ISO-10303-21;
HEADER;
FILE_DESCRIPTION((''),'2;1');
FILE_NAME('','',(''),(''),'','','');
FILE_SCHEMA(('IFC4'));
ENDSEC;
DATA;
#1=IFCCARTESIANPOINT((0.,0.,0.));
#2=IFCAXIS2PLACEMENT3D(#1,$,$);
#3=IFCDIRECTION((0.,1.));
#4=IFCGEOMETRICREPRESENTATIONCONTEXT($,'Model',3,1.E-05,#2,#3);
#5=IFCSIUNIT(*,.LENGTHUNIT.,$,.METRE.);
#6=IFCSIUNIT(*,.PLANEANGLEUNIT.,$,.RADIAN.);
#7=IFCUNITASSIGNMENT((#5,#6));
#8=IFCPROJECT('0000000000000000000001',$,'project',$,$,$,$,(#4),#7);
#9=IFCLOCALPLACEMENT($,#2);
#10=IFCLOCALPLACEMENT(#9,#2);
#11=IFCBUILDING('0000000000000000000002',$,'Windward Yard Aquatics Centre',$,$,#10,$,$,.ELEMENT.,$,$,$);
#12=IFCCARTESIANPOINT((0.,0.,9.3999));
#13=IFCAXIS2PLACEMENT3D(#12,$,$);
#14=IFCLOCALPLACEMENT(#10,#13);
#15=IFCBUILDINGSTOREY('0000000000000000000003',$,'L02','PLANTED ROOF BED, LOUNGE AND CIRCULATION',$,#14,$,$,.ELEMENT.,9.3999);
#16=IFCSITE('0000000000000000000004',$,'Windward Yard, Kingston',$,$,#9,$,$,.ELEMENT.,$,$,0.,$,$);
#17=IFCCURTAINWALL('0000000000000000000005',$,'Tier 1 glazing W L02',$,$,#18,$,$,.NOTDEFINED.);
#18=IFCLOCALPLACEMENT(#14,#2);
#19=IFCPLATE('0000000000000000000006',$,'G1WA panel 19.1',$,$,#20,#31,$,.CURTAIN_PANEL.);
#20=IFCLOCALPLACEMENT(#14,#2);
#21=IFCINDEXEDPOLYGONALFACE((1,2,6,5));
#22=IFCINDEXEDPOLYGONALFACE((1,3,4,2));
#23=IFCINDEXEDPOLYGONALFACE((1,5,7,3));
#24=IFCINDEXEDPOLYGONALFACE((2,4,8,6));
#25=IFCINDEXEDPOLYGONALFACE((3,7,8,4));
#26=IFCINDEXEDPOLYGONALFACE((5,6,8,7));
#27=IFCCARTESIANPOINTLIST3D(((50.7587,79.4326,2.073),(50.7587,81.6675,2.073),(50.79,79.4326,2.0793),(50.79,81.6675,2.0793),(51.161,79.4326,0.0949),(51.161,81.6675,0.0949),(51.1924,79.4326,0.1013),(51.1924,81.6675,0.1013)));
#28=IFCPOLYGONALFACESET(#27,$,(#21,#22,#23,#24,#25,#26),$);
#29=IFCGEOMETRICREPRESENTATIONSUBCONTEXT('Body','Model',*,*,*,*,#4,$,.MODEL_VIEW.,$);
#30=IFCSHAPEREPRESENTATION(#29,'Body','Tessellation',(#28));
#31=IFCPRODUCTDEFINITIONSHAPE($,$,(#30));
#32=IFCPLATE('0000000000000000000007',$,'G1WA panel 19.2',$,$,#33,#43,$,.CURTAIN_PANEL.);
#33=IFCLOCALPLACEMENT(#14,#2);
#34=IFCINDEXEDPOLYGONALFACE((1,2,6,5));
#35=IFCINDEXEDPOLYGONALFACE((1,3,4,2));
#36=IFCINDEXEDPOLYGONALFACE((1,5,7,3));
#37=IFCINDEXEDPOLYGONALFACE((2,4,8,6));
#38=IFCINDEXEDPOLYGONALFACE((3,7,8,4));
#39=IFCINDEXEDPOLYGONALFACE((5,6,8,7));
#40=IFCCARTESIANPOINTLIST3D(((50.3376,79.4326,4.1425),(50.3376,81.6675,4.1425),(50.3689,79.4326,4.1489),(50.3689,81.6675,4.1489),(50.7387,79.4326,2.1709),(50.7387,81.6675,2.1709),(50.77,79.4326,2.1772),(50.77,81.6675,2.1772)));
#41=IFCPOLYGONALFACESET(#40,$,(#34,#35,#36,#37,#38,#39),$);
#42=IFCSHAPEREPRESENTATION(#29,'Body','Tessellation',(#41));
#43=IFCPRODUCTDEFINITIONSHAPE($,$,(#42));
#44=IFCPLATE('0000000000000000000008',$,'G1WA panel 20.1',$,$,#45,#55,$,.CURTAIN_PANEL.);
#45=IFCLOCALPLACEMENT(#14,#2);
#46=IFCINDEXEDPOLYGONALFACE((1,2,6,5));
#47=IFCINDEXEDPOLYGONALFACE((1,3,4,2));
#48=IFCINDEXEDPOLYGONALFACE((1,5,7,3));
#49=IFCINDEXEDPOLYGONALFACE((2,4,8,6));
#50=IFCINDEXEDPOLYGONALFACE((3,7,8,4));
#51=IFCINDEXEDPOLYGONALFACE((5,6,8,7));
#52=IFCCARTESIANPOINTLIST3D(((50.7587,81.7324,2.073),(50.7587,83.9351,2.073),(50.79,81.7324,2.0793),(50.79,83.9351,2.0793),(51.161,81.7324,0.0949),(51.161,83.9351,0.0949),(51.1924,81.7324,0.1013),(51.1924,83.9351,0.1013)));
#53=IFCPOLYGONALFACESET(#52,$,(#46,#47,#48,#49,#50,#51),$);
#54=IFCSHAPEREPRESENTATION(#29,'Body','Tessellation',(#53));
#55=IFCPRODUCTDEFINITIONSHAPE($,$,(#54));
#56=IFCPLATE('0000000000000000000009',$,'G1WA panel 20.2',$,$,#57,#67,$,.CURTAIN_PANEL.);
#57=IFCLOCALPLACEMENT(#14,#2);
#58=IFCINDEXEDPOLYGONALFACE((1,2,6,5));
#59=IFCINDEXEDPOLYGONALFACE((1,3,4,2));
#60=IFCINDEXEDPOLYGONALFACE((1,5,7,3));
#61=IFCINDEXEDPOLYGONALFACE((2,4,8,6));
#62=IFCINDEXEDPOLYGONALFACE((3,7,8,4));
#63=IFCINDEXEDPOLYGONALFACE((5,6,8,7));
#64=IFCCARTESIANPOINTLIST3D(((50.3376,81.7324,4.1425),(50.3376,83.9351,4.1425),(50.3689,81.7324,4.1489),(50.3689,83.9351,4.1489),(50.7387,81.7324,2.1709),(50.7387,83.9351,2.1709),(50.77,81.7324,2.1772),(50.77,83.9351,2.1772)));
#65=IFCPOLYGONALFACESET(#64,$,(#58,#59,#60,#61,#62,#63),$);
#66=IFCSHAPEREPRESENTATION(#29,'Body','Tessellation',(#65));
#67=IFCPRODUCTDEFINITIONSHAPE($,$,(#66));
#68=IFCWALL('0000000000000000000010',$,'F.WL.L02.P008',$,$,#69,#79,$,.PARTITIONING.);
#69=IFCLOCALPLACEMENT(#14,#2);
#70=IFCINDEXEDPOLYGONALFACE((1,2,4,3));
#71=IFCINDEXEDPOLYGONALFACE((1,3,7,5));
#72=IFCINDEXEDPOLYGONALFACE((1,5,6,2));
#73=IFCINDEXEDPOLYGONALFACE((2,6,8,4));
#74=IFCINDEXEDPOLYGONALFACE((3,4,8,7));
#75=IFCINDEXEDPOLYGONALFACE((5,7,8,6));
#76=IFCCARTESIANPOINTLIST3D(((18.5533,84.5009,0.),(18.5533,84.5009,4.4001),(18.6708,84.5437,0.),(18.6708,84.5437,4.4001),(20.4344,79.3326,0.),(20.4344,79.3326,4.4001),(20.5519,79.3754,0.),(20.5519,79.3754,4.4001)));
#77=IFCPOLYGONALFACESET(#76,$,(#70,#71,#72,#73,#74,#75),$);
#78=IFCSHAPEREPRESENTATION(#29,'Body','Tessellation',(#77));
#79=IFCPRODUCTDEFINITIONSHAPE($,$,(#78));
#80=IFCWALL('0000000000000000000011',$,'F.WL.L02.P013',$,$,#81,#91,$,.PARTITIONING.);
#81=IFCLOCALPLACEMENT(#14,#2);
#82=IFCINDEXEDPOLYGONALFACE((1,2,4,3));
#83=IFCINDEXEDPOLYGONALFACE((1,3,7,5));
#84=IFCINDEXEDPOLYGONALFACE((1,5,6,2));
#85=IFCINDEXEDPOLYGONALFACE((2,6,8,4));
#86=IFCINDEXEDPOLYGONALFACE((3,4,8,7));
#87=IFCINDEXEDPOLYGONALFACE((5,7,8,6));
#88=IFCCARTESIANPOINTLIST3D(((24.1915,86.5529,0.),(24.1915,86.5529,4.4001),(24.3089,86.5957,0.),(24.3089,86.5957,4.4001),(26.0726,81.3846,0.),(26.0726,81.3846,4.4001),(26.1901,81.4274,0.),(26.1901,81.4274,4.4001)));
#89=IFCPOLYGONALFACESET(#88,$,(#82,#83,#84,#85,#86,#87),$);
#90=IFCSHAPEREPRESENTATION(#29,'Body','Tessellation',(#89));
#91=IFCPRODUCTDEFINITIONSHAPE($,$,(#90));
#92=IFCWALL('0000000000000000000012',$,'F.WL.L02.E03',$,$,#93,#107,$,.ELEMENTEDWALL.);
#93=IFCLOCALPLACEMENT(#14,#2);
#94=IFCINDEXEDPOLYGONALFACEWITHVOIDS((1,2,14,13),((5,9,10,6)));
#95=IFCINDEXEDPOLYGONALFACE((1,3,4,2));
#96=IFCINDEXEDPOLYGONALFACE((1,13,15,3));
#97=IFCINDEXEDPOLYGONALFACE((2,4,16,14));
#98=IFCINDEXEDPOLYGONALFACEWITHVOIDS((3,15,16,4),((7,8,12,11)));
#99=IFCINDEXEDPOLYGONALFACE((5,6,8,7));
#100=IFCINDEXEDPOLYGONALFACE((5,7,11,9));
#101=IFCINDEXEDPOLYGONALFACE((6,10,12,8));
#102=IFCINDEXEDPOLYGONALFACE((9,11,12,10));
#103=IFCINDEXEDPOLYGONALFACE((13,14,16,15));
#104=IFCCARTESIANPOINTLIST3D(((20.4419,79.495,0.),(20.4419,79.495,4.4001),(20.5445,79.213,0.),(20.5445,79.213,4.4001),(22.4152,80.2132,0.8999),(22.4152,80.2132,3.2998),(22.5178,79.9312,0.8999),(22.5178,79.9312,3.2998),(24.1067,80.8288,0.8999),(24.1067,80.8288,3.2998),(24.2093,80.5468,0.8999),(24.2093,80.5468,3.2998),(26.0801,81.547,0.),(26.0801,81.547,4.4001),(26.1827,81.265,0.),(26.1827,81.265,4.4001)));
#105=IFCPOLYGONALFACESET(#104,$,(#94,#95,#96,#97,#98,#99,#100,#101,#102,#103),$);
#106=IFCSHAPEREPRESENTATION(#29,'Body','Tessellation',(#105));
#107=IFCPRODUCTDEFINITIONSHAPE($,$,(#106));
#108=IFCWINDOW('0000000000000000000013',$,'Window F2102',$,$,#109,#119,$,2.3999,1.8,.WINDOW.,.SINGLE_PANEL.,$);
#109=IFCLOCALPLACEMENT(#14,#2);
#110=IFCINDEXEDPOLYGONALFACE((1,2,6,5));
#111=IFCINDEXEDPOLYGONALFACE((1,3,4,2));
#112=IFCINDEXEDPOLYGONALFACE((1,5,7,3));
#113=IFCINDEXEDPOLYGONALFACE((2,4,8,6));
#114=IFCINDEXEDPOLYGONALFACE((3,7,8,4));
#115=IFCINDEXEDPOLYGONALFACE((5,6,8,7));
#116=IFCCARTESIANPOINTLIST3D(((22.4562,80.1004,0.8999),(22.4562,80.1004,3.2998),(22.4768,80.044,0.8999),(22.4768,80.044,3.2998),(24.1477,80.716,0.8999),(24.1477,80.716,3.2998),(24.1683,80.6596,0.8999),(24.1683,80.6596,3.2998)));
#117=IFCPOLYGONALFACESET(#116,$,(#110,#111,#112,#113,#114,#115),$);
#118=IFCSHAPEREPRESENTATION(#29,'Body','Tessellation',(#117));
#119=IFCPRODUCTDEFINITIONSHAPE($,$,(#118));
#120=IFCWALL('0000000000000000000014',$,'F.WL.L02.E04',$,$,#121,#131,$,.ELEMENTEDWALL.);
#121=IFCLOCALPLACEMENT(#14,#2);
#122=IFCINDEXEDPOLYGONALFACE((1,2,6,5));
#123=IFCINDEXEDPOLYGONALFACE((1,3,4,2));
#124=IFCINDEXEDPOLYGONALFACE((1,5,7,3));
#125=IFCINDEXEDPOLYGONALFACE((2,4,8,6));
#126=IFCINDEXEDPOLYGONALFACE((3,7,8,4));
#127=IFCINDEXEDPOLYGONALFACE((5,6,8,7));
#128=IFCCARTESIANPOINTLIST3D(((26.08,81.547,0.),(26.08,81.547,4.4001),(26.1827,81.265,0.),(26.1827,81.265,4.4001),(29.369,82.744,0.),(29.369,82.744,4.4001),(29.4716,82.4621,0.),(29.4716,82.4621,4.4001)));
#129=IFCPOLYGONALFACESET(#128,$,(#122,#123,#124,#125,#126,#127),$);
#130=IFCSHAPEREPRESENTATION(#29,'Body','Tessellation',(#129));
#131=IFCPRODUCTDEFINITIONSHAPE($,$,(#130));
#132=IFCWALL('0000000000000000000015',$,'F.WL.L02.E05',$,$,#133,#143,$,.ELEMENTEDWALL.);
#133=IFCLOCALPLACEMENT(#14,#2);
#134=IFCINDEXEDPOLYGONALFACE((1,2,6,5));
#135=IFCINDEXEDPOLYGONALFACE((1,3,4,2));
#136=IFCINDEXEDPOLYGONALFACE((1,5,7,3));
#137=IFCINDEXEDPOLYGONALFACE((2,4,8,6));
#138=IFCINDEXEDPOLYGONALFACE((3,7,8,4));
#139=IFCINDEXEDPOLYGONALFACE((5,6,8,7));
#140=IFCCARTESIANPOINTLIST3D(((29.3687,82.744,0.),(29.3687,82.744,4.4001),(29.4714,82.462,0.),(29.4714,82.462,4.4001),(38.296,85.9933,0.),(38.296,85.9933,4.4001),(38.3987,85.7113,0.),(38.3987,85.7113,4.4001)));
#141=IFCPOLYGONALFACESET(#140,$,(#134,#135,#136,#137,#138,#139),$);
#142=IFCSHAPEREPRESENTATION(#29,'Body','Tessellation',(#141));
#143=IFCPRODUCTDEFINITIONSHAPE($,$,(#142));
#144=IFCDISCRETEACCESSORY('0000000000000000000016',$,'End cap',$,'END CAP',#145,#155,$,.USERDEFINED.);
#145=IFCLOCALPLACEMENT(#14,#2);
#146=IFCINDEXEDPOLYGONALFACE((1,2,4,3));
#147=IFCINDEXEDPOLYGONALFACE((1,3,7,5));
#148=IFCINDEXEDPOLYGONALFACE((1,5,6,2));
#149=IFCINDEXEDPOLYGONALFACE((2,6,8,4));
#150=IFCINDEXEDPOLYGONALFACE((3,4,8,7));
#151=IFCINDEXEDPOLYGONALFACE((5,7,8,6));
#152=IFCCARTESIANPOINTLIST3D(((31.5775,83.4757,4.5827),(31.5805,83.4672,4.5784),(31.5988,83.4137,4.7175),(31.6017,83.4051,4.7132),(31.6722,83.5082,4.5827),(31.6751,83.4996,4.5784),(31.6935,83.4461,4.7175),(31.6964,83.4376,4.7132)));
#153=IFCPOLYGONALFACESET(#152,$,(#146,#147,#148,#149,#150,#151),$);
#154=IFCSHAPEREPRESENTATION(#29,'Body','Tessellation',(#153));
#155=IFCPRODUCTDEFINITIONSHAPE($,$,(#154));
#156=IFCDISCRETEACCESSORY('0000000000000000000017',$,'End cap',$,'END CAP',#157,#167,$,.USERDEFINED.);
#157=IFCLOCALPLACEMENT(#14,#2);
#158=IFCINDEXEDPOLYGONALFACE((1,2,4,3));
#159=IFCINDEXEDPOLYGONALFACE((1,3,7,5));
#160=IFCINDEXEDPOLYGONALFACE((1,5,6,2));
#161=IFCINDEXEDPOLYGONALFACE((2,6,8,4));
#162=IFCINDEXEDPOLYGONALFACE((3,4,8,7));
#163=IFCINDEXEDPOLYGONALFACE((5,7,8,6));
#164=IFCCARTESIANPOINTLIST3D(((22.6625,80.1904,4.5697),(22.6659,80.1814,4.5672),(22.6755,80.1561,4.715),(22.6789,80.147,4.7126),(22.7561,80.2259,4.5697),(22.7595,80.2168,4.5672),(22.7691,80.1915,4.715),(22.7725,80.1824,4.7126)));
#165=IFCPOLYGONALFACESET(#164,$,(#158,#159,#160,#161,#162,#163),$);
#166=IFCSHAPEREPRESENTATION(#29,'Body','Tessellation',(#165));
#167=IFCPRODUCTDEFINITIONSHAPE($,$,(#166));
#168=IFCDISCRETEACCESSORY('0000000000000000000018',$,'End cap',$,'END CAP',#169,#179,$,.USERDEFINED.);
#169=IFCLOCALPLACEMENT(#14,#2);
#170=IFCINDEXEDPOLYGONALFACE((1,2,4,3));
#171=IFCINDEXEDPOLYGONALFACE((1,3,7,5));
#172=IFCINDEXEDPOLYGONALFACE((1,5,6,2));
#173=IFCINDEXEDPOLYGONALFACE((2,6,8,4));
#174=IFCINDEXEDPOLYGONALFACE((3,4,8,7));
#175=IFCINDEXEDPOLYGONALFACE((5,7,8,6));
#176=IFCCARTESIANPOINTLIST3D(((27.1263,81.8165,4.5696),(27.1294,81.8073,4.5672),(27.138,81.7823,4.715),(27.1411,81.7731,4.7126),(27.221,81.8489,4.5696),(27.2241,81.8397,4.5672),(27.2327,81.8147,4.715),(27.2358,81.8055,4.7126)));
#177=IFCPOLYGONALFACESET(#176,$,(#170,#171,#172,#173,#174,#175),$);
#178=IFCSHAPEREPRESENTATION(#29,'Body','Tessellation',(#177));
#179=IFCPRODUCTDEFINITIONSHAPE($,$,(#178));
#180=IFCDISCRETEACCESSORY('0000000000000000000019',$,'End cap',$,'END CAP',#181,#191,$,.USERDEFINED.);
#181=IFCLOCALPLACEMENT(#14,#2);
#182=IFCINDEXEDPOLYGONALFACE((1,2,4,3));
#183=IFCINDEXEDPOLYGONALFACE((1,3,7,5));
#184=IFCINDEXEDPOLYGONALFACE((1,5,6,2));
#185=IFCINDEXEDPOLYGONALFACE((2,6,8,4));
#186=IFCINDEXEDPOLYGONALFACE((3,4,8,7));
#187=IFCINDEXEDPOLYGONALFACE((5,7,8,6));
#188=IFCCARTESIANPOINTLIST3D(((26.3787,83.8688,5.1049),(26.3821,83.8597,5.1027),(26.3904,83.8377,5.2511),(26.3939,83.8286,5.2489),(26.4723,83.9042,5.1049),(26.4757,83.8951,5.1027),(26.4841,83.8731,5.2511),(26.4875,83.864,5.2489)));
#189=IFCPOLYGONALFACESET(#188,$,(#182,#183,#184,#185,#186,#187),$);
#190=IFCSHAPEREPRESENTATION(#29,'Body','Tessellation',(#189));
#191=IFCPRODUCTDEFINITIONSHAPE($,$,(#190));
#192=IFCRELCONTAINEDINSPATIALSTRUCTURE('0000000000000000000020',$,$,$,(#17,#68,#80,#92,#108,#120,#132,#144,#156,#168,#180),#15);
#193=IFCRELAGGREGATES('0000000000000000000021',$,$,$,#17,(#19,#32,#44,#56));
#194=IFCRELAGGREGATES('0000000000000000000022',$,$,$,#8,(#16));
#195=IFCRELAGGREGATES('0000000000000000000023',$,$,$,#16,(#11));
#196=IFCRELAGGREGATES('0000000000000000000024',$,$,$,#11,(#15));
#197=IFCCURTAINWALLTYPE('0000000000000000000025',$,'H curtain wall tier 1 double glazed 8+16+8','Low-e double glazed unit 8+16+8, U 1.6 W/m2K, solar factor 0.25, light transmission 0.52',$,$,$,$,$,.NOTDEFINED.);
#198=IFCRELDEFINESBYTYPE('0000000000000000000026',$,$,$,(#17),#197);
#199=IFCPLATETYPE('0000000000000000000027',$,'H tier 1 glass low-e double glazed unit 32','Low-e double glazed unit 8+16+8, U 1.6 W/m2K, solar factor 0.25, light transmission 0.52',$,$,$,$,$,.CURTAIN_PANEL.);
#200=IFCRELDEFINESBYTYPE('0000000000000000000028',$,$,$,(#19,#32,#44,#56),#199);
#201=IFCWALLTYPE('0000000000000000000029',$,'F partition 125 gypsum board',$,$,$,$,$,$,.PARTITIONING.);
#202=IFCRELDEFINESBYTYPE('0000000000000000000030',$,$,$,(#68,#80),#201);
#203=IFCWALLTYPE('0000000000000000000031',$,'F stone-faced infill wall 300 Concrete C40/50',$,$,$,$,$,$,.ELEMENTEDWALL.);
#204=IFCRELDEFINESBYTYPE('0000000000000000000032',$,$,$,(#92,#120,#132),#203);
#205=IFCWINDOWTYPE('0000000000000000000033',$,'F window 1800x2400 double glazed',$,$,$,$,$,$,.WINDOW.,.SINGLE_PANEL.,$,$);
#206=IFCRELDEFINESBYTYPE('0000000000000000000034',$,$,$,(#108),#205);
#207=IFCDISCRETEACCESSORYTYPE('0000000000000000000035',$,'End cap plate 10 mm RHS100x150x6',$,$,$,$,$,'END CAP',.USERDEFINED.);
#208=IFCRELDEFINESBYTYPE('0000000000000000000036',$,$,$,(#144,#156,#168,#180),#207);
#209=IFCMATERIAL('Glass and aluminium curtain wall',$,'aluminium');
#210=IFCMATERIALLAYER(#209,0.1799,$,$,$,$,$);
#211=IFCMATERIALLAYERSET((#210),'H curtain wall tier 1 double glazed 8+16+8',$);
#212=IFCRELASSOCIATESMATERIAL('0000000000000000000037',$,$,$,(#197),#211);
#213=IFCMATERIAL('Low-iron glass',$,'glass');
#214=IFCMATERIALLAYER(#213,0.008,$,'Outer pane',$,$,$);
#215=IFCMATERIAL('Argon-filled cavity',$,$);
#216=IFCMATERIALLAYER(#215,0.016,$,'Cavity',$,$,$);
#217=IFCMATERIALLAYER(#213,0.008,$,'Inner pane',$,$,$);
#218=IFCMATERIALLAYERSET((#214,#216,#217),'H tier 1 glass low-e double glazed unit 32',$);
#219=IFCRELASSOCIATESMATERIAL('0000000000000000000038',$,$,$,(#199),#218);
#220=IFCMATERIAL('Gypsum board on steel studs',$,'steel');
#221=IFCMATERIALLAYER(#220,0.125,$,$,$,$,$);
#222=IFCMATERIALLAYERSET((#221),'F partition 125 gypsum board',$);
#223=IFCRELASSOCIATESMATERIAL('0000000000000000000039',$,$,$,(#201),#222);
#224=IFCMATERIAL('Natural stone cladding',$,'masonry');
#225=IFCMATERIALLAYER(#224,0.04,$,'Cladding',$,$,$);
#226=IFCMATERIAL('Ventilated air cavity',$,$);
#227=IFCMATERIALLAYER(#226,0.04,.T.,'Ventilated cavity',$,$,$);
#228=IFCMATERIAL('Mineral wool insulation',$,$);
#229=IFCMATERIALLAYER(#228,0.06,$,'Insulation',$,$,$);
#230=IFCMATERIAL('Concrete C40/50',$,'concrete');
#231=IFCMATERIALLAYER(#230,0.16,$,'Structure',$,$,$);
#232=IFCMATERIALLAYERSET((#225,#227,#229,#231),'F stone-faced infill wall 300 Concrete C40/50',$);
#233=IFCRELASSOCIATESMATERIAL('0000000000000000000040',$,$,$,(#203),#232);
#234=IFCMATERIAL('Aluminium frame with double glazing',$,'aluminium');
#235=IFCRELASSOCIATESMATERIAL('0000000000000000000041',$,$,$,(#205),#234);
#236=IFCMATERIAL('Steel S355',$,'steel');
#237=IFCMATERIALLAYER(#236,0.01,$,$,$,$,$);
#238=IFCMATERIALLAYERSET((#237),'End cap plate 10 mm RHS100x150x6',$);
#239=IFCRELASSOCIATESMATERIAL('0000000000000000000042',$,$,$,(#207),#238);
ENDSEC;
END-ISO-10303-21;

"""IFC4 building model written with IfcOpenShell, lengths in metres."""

from ifc_helpers import new_model, si_unit, direction, frame, frame_2d, origin, origin_2d, place, context, subcontext, project, spatial, polyline, rectangle, outline, extrude, material, layer, layer_set, type_object, element, fill, aggregate, save


model = new_model("IFC4")

# Units and contexts
model_context = context("Model", 3, precision=1e-05, world=origin(), true_north=direction((0.0, 1.0)))
body_context = subcontext(model_context, "Body", "Model", "MODEL_VIEW")
ifc_project = project(units=[si_unit("LENGTHUNIT", "METRE"), si_unit("PLANEANGLEUNIT", "RADIAN")], contexts=[model_context])

# Site, building, storey
site_placement = place(None, origin())
site = spatial("IfcSite", under=ifc_project, at=site_placement, Name="Windward Yard, Kingston", CompositionType="ELEMENT", RefElevation=0.0)
building_placement = place(site_placement, origin())
building = spatial("IfcBuilding", under=site, at=building_placement, Name="Windward Yard Aquatics Centre", CompositionType="ELEMENT")
storey_placement = place(building_placement, frame((0.0, 0.0, 9.3999)))
storey = spatial("IfcBuildingStorey", under=building, at=storey_placement, Name="L02", Description="PLANTED ROOF BED, LOUNGE AND CIRCULATION", CompositionType="ELEMENT", Elevation=9.3999)

# Shared definitions
ifc_material_1 = material(Name="Steel S355", Category="steel")

# Curtain wall
ifc_material_2 = material(Name="Glass and aluminium curtain wall", Category="aluminium")
ifc_layer_1 = layer(ifc_material_2, 0.1799)
ifc_layer_set_1 = layer_set([ifc_layer_1], Name="H curtain wall tier 1 double glazed 8+16+8")
curtain_wall_type = type_object("IfcCurtainWallType", Name="H curtain wall tier 1 double glazed 8+16+8", Description="Low-e double glazed unit 8+16+8, U 1.6 W/m2K, solar factor 0.25, light transmission 0.52", PredefinedType="NOTDEFINED", material=ifc_layer_set_1)
curtain_wall_placement = place(storey_placement, origin())
curtain_wall = element("IfcCurtainWall", 1, at=curtain_wall_placement, inside=storey, type_object=curtain_wall_type, Name="Tier 1 glazing W L02", PredefinedType="NOTDEFINED")

# Plates
ifc_material_3 = material(Name="Low-iron glass", Category="glass")
ifc_layer_2 = layer(ifc_material_3, 0.008, Name="Outer pane")
ifc_material_4 = material(Name="Argon-filled cavity")
ifc_layer_3 = layer(ifc_material_4, 0.016, Name="Cavity")
ifc_layer_4 = layer(ifc_material_3, 0.008, Name="Inner pane")
ifc_layer_set_2 = layer_set([ifc_layer_2, ifc_layer_3, ifc_layer_4], Name="H tier 1 glass low-e double glazed unit 32")
plate_type_1 = type_object("IfcPlateType", Name="H tier 1 glass low-e double glazed unit 32", Description="Low-e double glazed unit 8+16+8, U 1.6 W/m2K, solar factor 0.25, light transmission 0.52", PredefinedType="CURTAIN_PANEL", material=ifc_layer_set_2)
plate_1_placement = place(storey_placement, frame((50.79, 79.4326, 2.0793), z_axis=(0.979933, 0.0, 0.199325), x_axis=(0.199325, 0.0, -0.979933)))
plate_1 = element("IfcPlate", 2, at=plate_1_placement, type_object=plate_type_1, Name="G1WA panel 19.1", PredefinedType="CURTAIN_PANEL", context=body_context, shape_type="SweptSolid", body=[
    extrude(outline(polyline([(0.0, 0.0), (2.0185, 0.0), (2.0185, 2.2349), (0.0, 2.2349), (0.0, 0.0)])), origin(), (0.0, 0.0, -1.0), 0.032),
])
plate_2_placement = place(storey_placement, frame((50.3689, 79.4326, 4.1489), z_axis=(0.979927, 0.0, 0.199359), x_axis=(0.199359, 0.0, -0.979927)))
plate_2 = element("IfcPlate", 3, at=plate_2_placement, type_object=plate_type_1, Name="G1WA panel 19.2", PredefinedType="CURTAIN_PANEL", context=body_context, shape_type="SweptSolid", body=[
    extrude(outline(polyline([(0.0, 0.0), (2.0121, 0.0), (2.0121, 2.2349), (0.0, 2.2349), (0.0, 0.0)])), origin(), (0.0, 0.0, -1.0), 0.032),
])
plate_3_placement = place(storey_placement, frame((50.79, 81.7324, 2.0793), z_axis=(0.979933, 0.0, 0.199325), x_axis=(0.199325, 0.0, -0.979933)))
plate_3 = element("IfcPlate", 4, at=plate_3_placement, type_object=plate_type_1, Name="G1WA panel 20.1", PredefinedType="CURTAIN_PANEL", context=body_context, shape_type="SweptSolid", body=[
    extrude(outline(polyline([(0.0, 0.0), (2.0185, 0.0), (2.0185, 2.2026), (0.0, 2.2026), (0.0, 0.0)])), origin(), (0.0, 0.0, -1.0), 0.032),
])
plate_4_placement = place(storey_placement, frame((50.3689, 81.7324, 4.1489), z_axis=(0.979927, 0.0, 0.199359), x_axis=(0.199359, 0.0, -0.979927)))
plate_4 = element("IfcPlate", 5, at=plate_4_placement, type_object=plate_type_1, Name="G1WA panel 20.2", PredefinedType="CURTAIN_PANEL", context=body_context, shape_type="SweptSolid", body=[
    extrude(outline(polyline([(0.0, 0.0), (2.0121, 0.0), (2.0121, 2.2026), (0.0, 2.2026), (0.0, 0.0)])), origin(), (0.0, 0.0, -1.0), 0.032),
])
aggregate(curtain_wall, [plate_1, plate_2, plate_3, plate_4])

# Walls
ifc_material_5 = material(Name="Gypsum board on steel studs", Category="steel")
ifc_layer_5 = layer(ifc_material_5, 0.125)
ifc_layer_set_3 = layer_set([ifc_layer_5], Name="F partition 125 gypsum board")
wall_type_1 = type_object("IfcWallType", Name="F partition 125 gypsum board", PredefinedType="PARTITIONING", material=ifc_layer_set_3)
for number, where, z_axis, x_axis, name in (
    (6, (20.4932, 79.354, 0.0), (0.0, 0.0, 1.0), (-0.342025, 0.939691, 0.0), "F.WL.L02.P008"),
    (7, (26.1313, 81.406, 0.0), (0.0, 0.0, 1.0), (-0.342025, 0.939691, 0.0), "F.WL.L02.P013"),
):
    element("IfcWall", number, at=place(storey_placement, frame(where, z_axis=z_axis, x_axis=x_axis)), inside=storey, type_object=wall_type_1, Name=name, PredefinedType="PARTITIONING", context=body_context, shape_type="SweptSolid", body=[
        extrude(rectangle(XDim=5.5, YDim=0.125, at=frame_2d((2.75, 0.0))), origin(), (0.0, 0.0, 1.0), 4.4001),
    ])

# Wall, opening, window
ifc_material_6 = material(Name="Natural stone cladding", Category="masonry")
ifc_layer_6 = layer(ifc_material_6, 0.04, Name="Cladding")
ifc_material_7 = material(Name="Ventilated air cavity")
ifc_layer_7 = layer(ifc_material_7, 0.04, ventilated=True, Name="Ventilated cavity")
ifc_material_8 = material(Name="Mineral wool insulation")
ifc_layer_8 = layer(ifc_material_8, 0.06, Name="Insulation")
ifc_material_9 = material(Name="Concrete C40/50", Category="concrete")
ifc_layer_9 = layer(ifc_material_9, 0.16, Name="Structure")
ifc_layer_set_4 = layer_set([ifc_layer_6, ifc_layer_7, ifc_layer_8, ifc_layer_9], Name="F stone-faced infill wall 300 Concrete C40/50")
wall_type_2 = type_object("IfcWallType", Name="F stone-faced infill wall 300 Concrete C40/50", PredefinedType="ELEMENTEDWALL", material=ifc_layer_set_4)
wall_1_placement = place(storey_placement, frame((20.4932, 79.354, 0.0), z_axis=(0.0, 0.0, 1.0), x_axis=(0.9397, 0.342001, 0.0)))
wall_1 = element("IfcWall", 8, at=wall_1_placement, inside=storey, type_object=wall_type_2, Name="F.WL.L02.E03", PredefinedType="ELEMENTEDWALL", context=body_context, shape_type="SweptSolid", body=[
    extrude(rectangle(XDim=6.0, YDim=0.3, at=frame_2d((3.0, 0.0))), origin(), (0.0, 0.0, 1.0), 4.4001),
])
opening_placement = place(wall_1_placement, frame((2.1001, 0.0, 0.8999)))
opening = element("IfcOpeningElement", 9, at=opening_placement, cuts=wall_1, PredefinedType="OPENING", context=body_context, shape_type="SweptSolid", body=[
    extrude(rectangle(XDim=1.8, YDim=2.3999, at=frame_2d((0.8999, 1.2))), frame((0.0, 0.1602, 0.0), z_axis=(0.0, -1.0, 0.0), x_axis=(1.0, 0.0, 0.0)), (0.0, 0.0, 1.0), 0.3201),
])
ifc_material_10 = material(Name="Aluminium frame with double glazing", Category="aluminium")
window_type = type_object("IfcWindowType", Name="F window 1800x2400 double glazed", PartitioningType="SINGLE_PANEL", PredefinedType="WINDOW", material=ifc_material_10)
window_placement = place(opening_placement, origin())
window = element("IfcWindow", 10, at=window_placement, inside=storey, type_object=window_type, Name="Window F2102", OverallHeight=2.3999, OverallWidth=1.8, PartitioningType="SINGLE_PANEL", PredefinedType="WINDOW", context=body_context, shape_type="SweptSolid", body=[
    extrude(rectangle(XDim=1.8, YDim=2.3999, at=frame_2d((0.8999, 1.2))), frame((0.0, 0.03, 0.0), z_axis=(0.0, -1.0, 0.0), x_axis=(1.0, 0.0, 0.0)), (0.0, 0.0, 1.0), 0.0601),
])
fill(opening, window)

# Walls
wall_2_placement = place(storey_placement, frame((26.1313, 81.406, 0.0), z_axis=(0.0, 0.0, 1.0), x_axis=(0.939694, 0.342017, 0.0)))
element("IfcWall", 11, at=wall_2_placement, inside=storey, type_object=wall_type_2, Name="F.WL.L02.E04", PredefinedType="ELEMENTEDWALL", context=body_context, shape_type="SweptSolid", body=[
    extrude(rectangle(XDim=3.5, YDim=0.3, at=frame_2d((1.75, 0.0))), origin(), (0.0, 0.0, 1.0), 4.4001),
])
wall_3_placement = place(storey_placement, frame((29.4202, 82.603, 0.0), z_axis=(0.0, 0.0, 1.0), x_axis=(0.939692, 0.342022, 0.0)))
element("IfcWall", 12, at=wall_3_placement, inside=storey, type_object=wall_type_2, Name="F.WL.L02.E05", PredefinedType="ELEMENTEDWALL", context=body_context, shape_type="SweptSolid", body=[
    extrude(rectangle(XDim=9.5002, YDim=0.3, at=frame_2d((4.75, 0.0))), origin(), (0.0, 0.0, 1.0), 4.4001),
])

# Discrete accessories
ifc_layer_10 = layer(ifc_material_1, 0.01)
ifc_layer_set_5 = layer_set([ifc_layer_10], Name="End cap plate 10 mm RHS100x150x6")
discrete_accessory_type_1 = type_object("IfcDiscreteAccessoryType", Name="End cap plate 10 mm RHS100x150x6", ElementType="END CAP", PredefinedType="USERDEFINED", material=ifc_layer_set_5)
for number, where, z_axis, x_axis, name in (
    (13, (31.6384, 83.4524, 4.6458), (-0.291644, 0.850628, 0.437466), (-0.945946, -0.324324, 0.0), "End cap"),
    (14, (22.7192, 80.1819, 4.6399), (-0.3431, 0.906765, 0.245072), (-0.935286, -0.353892, 0.0), "End cap"),
    (15, (27.1826, 81.8064, 4.6399), (-0.314098, 0.918132, 0.241614), (-0.946164, -0.323688, 0.0), "End cap"),
    (16, (26.4348, 83.8618, 5.1758), (-0.345075, 0.911983, 0.221834), (-0.935286, -0.353892, 0.0), "End cap"),
):
    element("IfcDiscreteAccessory", number, at=place(storey_placement, frame(where, z_axis=z_axis, x_axis=x_axis)), inside=storey, type_object=discrete_accessory_type_1, Name=name, ObjectType="END CAP", PredefinedType="USERDEFINED", context=body_context, shape_type="SweptSolid", body=[
        extrude(rectangle(XDim=0.1001, YDim=0.1499, at=origin_2d()), origin(), (0.0, 0.0, 1.0), 0.01),
    ])

save(model, "model.ifc")
